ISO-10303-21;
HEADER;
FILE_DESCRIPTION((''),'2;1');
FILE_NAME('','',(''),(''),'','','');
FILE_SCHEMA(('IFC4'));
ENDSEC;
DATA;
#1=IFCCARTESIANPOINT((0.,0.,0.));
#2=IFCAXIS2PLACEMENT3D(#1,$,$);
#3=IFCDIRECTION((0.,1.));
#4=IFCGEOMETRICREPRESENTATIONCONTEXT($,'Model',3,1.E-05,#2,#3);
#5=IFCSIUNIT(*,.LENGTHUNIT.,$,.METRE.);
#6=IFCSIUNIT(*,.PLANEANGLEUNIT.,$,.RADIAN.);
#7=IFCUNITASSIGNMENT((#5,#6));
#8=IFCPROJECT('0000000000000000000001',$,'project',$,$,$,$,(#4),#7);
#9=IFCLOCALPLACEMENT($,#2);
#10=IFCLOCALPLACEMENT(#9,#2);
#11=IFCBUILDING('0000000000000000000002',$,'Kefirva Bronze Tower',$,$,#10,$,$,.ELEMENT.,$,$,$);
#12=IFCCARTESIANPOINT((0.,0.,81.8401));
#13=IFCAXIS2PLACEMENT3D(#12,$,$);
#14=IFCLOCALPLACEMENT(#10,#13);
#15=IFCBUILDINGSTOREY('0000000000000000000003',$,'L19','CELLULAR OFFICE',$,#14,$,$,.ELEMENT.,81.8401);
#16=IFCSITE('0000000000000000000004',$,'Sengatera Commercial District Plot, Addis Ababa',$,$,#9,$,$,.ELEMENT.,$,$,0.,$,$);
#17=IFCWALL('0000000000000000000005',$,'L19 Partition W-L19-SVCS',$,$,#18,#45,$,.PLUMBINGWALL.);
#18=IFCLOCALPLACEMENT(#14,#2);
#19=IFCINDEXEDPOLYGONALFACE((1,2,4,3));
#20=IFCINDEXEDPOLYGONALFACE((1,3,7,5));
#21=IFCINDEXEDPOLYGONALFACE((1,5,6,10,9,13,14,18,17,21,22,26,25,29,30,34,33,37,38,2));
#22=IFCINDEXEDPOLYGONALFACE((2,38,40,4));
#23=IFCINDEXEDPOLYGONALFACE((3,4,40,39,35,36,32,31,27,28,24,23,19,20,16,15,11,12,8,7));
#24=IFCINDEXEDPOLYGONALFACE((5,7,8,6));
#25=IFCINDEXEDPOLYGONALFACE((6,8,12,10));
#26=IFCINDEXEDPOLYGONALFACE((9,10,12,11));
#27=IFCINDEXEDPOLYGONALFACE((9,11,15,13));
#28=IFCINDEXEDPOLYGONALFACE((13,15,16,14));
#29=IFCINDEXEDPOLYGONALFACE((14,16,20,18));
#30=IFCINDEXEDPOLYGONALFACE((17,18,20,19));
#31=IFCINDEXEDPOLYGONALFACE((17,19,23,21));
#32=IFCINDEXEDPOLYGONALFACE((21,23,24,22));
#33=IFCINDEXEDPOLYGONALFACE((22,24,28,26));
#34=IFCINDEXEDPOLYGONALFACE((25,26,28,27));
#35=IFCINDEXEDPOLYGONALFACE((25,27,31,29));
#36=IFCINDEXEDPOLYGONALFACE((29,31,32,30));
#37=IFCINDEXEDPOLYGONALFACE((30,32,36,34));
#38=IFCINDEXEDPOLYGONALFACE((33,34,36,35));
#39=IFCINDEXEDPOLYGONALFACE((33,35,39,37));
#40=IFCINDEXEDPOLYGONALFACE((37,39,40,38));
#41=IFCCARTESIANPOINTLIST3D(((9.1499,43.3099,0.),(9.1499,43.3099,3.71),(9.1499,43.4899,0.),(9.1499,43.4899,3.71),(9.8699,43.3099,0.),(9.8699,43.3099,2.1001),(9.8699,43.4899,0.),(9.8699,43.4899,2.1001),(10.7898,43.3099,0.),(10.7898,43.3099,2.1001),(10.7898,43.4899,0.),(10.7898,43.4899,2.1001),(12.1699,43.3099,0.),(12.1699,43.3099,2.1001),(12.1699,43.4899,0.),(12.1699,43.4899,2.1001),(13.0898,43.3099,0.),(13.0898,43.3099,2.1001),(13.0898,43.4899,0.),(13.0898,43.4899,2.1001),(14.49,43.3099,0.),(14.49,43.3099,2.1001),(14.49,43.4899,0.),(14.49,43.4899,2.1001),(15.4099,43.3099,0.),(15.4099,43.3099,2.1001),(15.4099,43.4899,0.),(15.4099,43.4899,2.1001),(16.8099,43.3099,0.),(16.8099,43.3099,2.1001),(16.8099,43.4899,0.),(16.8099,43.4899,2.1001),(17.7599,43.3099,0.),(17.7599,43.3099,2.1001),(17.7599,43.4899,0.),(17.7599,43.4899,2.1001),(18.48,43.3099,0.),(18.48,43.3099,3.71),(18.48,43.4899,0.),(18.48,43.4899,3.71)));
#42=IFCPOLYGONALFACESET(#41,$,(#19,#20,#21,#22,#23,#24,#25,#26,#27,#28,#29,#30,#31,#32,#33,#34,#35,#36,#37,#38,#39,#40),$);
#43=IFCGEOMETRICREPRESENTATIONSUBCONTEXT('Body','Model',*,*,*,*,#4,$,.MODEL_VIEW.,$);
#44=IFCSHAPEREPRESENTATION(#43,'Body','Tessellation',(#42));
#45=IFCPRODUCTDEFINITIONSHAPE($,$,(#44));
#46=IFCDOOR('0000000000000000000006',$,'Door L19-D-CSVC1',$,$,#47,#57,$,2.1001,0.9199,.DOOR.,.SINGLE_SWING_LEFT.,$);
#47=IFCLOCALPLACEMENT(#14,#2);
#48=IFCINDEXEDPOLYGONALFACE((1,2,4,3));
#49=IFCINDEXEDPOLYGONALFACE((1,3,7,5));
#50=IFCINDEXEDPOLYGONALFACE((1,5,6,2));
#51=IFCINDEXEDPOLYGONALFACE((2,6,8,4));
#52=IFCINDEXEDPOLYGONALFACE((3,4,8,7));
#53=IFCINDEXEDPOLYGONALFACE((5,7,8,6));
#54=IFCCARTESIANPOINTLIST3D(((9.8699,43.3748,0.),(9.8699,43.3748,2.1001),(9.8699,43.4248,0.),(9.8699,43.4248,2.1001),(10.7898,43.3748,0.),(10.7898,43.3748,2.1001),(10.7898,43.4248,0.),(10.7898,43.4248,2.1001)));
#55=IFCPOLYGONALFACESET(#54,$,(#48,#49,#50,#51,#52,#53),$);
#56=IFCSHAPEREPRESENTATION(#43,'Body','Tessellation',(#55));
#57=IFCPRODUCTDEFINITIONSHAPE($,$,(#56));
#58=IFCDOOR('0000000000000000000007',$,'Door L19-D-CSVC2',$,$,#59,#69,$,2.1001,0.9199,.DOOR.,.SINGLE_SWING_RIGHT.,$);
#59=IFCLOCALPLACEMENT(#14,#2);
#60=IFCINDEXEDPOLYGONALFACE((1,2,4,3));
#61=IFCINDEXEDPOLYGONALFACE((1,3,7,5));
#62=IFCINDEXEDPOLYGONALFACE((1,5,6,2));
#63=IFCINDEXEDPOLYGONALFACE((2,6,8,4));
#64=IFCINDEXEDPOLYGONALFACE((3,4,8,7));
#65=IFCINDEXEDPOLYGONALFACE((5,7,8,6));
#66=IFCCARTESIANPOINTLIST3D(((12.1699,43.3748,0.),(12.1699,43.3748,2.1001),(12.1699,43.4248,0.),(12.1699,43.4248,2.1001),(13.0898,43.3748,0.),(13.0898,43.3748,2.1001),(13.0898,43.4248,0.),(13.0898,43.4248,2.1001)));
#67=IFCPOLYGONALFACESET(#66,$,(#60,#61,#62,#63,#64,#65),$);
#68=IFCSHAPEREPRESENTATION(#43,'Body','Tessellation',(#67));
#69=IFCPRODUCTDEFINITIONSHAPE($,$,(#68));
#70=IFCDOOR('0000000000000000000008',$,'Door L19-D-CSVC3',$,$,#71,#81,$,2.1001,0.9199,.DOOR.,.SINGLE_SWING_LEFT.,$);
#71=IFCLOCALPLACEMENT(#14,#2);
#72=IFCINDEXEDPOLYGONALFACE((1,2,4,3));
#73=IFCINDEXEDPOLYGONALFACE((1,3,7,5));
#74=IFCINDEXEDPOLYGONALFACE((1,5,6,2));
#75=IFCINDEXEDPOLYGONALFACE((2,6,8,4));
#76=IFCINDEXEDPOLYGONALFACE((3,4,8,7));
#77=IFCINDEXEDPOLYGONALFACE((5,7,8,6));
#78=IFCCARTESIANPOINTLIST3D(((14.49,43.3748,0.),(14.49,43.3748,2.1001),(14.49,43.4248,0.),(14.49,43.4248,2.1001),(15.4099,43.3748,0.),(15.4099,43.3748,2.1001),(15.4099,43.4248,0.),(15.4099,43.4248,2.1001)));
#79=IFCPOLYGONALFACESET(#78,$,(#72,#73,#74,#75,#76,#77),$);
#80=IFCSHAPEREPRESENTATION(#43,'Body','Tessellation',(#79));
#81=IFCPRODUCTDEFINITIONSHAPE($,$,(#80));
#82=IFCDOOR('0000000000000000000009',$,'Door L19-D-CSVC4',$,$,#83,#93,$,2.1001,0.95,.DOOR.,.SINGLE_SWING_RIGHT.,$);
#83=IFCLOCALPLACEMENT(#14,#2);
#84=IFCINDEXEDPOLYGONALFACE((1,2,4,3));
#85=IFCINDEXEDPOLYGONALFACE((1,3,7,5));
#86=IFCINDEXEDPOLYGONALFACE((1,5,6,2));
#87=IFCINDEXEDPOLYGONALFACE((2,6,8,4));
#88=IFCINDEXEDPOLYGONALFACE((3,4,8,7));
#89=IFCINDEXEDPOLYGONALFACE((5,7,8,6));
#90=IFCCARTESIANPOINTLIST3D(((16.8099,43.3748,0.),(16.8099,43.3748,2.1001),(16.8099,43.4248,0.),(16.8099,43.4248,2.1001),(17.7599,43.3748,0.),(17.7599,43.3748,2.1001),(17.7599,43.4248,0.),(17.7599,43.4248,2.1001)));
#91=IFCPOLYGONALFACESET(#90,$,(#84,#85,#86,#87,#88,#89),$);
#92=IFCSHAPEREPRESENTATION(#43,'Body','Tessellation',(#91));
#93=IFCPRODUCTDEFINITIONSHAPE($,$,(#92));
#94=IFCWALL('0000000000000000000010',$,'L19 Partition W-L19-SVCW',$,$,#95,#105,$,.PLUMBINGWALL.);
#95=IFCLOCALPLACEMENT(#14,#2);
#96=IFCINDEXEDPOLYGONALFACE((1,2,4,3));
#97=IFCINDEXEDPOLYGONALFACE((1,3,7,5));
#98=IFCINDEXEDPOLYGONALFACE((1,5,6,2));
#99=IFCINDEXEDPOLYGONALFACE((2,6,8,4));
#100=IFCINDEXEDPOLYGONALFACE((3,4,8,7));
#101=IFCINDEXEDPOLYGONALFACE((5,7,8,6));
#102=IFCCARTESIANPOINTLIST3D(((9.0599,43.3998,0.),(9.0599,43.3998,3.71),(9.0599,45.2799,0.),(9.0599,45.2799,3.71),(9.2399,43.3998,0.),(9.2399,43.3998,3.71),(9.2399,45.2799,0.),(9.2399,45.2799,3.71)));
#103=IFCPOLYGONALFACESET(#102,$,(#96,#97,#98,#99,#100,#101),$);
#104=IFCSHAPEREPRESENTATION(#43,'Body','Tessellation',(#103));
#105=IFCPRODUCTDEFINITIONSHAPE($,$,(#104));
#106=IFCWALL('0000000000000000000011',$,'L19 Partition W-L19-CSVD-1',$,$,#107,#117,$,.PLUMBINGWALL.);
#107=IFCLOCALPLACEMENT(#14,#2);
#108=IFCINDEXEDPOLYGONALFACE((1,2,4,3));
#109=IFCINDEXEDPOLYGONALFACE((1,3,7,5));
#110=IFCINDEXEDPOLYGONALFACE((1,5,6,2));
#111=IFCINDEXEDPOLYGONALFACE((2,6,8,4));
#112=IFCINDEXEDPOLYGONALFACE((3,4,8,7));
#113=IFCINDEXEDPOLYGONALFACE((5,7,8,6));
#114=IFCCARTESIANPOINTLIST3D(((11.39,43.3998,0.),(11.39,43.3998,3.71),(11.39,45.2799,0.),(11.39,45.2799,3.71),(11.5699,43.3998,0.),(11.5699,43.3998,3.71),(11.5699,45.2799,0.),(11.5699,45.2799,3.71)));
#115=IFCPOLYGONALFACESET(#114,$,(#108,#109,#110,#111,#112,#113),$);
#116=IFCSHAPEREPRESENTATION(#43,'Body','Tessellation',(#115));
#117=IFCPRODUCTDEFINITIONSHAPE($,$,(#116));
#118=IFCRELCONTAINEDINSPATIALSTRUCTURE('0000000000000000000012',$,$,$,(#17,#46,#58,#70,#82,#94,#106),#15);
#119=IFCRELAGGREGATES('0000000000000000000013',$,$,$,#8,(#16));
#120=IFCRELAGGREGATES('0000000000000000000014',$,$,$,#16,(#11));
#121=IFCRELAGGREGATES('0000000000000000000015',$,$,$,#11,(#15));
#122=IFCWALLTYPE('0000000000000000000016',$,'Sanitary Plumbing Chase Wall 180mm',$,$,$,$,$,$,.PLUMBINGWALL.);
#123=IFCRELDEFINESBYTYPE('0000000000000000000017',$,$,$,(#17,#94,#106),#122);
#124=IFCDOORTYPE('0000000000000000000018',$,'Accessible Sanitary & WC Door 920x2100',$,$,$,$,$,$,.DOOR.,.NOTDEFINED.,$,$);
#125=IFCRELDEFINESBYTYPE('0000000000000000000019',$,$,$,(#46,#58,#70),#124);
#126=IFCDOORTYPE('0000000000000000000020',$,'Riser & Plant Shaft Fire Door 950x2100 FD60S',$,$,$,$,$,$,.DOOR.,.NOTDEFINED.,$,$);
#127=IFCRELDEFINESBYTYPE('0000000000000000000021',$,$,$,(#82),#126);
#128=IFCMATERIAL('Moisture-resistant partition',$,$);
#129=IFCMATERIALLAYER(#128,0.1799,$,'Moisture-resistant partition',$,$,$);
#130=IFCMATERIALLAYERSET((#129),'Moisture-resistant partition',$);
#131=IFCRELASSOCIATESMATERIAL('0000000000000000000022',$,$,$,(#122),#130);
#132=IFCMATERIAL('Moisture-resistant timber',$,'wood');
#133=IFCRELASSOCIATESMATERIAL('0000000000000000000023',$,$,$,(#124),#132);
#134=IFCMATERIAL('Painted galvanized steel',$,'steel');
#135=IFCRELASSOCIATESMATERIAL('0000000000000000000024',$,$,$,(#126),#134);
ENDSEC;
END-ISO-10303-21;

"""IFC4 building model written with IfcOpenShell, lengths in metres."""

from ifc_helpers import new_model, si_unit, direction, frame, frame_2d, origin, place, context, subcontext, project, spatial, rectangle, extrude, material, layer, layer_set, type_object, element, fill, save


model = new_model("IFC4")

# Units and contexts
model_context = context("Model", 3, precision=1e-05, world=origin(), true_north=direction((0.0, 1.0)))
body_context = subcontext(model_context, "Body", "Model", "MODEL_VIEW")
ifc_project = project(units=[si_unit("LENGTHUNIT", "METRE"), si_unit("PLANEANGLEUNIT", "RADIAN")], contexts=[model_context])

# Site, building, storey
site_placement = place(None, origin())
site = spatial("IfcSite", under=ifc_project, at=site_placement, Name="Sengatera Commercial District Plot, Addis Ababa", CompositionType="ELEMENT", RefElevation=0.0)
building_placement = place(site_placement, origin())
building = spatial("IfcBuilding", under=site, at=building_placement, Name="Kefirva Bronze Tower", CompositionType="ELEMENT")
storey_placement = place(building_placement, frame((0.0, 0.0, 81.8401)))
storey = spatial("IfcBuildingStorey", under=building, at=storey_placement, Name="L19", Description="CELLULAR OFFICE", CompositionType="ELEMENT", Elevation=81.8401)

# Wall, openings, doors
ifc_material_1 = material(Name="Moisture-resistant partition")
ifc_layer_1 = layer(ifc_material_1, 0.1799, Name="Moisture-resistant partition")
ifc_layer_set_1 = layer_set([ifc_layer_1], Name="Moisture-resistant partition")
wall_type_1 = type_object("IfcWallType", Name="Sanitary Plumbing Chase Wall 180mm", PredefinedType="PLUMBINGWALL", material=ifc_layer_set_1)
wall_1_placement = place(storey_placement, frame((9.1499, 43.3999, 0.0), z_axis=(0.0, 0.0, 1.0), x_axis=(1.0, 0.0, 0.0)))
wall_1 = element("IfcWall", 1, at=wall_1_placement, inside=storey, type_object=wall_type_1, Name="L19 Partition W-L19-SVCS", PredefinedType="PLUMBINGWALL", context=body_context, shape_type="SweptSolid", body=[
    extrude(rectangle(XDim=9.3301, YDim=0.1799, at=frame_2d((4.665, 0.0))), origin(), (0.0, 0.0, 1.0), 3.71),
])
opening_1_placement = place(wall_1_placement, frame((0.72, 0.0, 0.0)))
opening_1 = element("IfcOpeningElement", 2, at=opening_1_placement, cuts=wall_1, PredefinedType="OPENING", context=body_context, shape_type="SweptSolid", body=[
    extrude(rectangle(XDim=0.9199, YDim=2.1001, at=frame_2d((0.46, 1.05))), frame((0.0, 0.1001, 0.0), z_axis=(0.0, -1.0, 0.0), x_axis=(1.0, 0.0, 0.0)), (0.0, 0.0, 1.0), 0.2),
])
opening_2_placement = place(wall_1_placement, frame((3.02, 0.0, 0.0)))
opening_2 = element("IfcOpeningElement", 3, at=opening_2_placement, cuts=wall_1, PredefinedType="OPENING", context=body_context, shape_type="SweptSolid", body=[
    extrude(rectangle(XDim=0.9199, YDim=2.1001, at=frame_2d((0.46, 1.05))), frame((0.0, 0.1001, 0.0), z_axis=(0.0, -1.0, 0.0), x_axis=(1.0, 0.0, 0.0)), (0.0, 0.0, 1.0), 0.2),
])
opening_3_placement = place(wall_1_placement, frame((5.3401, 0.0, 0.0)))
opening_3 = element("IfcOpeningElement", 4, at=opening_3_placement, cuts=wall_1, PredefinedType="OPENING", context=body_context, shape_type="SweptSolid", body=[
    extrude(rectangle(XDim=0.9199, YDim=2.1001, at=frame_2d((0.46, 1.05))), frame((0.0, 0.1001, 0.0), z_axis=(0.0, -1.0, 0.0), x_axis=(1.0, 0.0, 0.0)), (0.0, 0.0, 1.0), 0.2),
])
opening_4_placement = place(wall_1_placement, frame((7.6599, 0.0, 0.0)))
opening_4 = element("IfcOpeningElement", 5, at=opening_4_placement, cuts=wall_1, PredefinedType="OPENING", context=body_context, shape_type="SweptSolid", body=[
    extrude(rectangle(XDim=0.95, YDim=2.1001, at=frame_2d((0.4751, 1.05))), frame((0.0, 0.1001, 0.0), z_axis=(0.0, -1.0, 0.0), x_axis=(1.0, 0.0, 0.0)), (0.0, 0.0, 1.0), 0.2),
])
ifc_material_2 = material(Name="Moisture-resistant timber", Category="wood")
door_type_1 = type_object("IfcDoorType", Name="Accessible Sanitary & WC Door 920x2100", OperationType="NOTDEFINED", PredefinedType="DOOR", material=ifc_material_2)
door_1_placement = place(opening_1_placement, origin())
door_1 = element("IfcDoor", 6, at=door_1_placement, inside=storey, type_object=door_type_1, Name="Door L19-D-CSVC1", OperationType="SINGLE_SWING_LEFT", OverallHeight=2.1001, OverallWidth=0.9199, PredefinedType="DOOR", context=body_context, shape_type="SweptSolid", body=[
    extrude(rectangle(XDim=0.9199, YDim=2.1001, at=frame_2d((0.46, 1.05))), frame((0.0, 0.0249, 0.0), z_axis=(0.0, -1.0, 0.0), x_axis=(1.0, 0.0, 0.0)), (0.0, 0.0, 1.0), 0.05),
])
fill(opening_1, door_1)
door_2_placement = place(opening_2_placement, origin())
door_2 = element("IfcDoor", 7, at=door_2_placement, inside=storey, type_object=door_type_1, Name="Door L19-D-CSVC2", OperationType="SINGLE_SWING_RIGHT", OverallHeight=2.1001, OverallWidth=0.9199, PredefinedType="DOOR", context=body_context, shape_type="SweptSolid", body=[
    extrude(rectangle(XDim=0.9199, YDim=2.1001, at=frame_2d((0.46, 1.05))), frame((0.0, 0.0249, 0.0), z_axis=(0.0, -1.0, 0.0), x_axis=(1.0, 0.0, 0.0)), (0.0, 0.0, 1.0), 0.05),
])
fill(opening_2, door_2)
door_3_placement = place(opening_3_placement, origin())
door_3 = element("IfcDoor", 8, at=door_3_placement, inside=storey, type_object=door_type_1, Name="Door L19-D-CSVC3", OperationType="SINGLE_SWING_LEFT", OverallHeight=2.1001, OverallWidth=0.9199, PredefinedType="DOOR", context=body_context, shape_type="SweptSolid", body=[
    extrude(rectangle(XDim=0.9199, YDim=2.1001, at=frame_2d((0.46, 1.05))), frame((0.0, 0.0249, 0.0), z_axis=(0.0, -1.0, 0.0), x_axis=(1.0, 0.0, 0.0)), (0.0, 0.0, 1.0), 0.05),
])
fill(opening_3, door_3)
ifc_material_3 = material(Name="Painted galvanized steel", Category="steel")
door_type_2 = type_object("IfcDoorType", Name="Riser & Plant Shaft Fire Door 950x2100 FD60S", OperationType="NOTDEFINED", PredefinedType="DOOR", material=ifc_material_3)
door_4_placement = place(opening_4_placement, origin())
door_4 = element("IfcDoor", 9, at=door_4_placement, inside=storey, type_object=door_type_2, Name="Door L19-D-CSVC4", OperationType="SINGLE_SWING_RIGHT", OverallHeight=2.1001, OverallWidth=0.95, PredefinedType="DOOR", context=body_context, shape_type="SweptSolid", body=[
    extrude(rectangle(XDim=0.95, YDim=2.1001, at=frame_2d((0.4751, 1.05))), frame((0.0, 0.0249, 0.0), z_axis=(0.0, -1.0, 0.0), x_axis=(1.0, 0.0, 0.0)), (0.0, 0.0, 1.0), 0.05),
])
fill(opening_4, door_4)

# Walls
for number, where, z_axis, x_axis, name in (
    (10, (9.1499, 43.3999, 0.0), (0.0, 0.0, 1.0), (0.0, 1.0, 0.0), "L19 Partition W-L19-SVCW"),
    (11, (11.48, 43.3999, 0.0), (0.0, 0.0, 1.0), (0.0, 1.0, 0.0), "L19 Partition W-L19-CSVD-1"),
):
    element("IfcWall", number, at=place(storey_placement, frame(where, z_axis=z_axis, x_axis=x_axis)), inside=storey, type_object=wall_type_1, Name=name, PredefinedType="PLUMBINGWALL", context=body_context, shape_type="SweptSolid", body=[
        extrude(rectangle(XDim=1.8801, YDim=0.1799, at=frame_2d((0.9399, 0.0))), origin(), (0.0, 0.0, 1.0), 3.71),
    ])

save(model, "model.ifc")
